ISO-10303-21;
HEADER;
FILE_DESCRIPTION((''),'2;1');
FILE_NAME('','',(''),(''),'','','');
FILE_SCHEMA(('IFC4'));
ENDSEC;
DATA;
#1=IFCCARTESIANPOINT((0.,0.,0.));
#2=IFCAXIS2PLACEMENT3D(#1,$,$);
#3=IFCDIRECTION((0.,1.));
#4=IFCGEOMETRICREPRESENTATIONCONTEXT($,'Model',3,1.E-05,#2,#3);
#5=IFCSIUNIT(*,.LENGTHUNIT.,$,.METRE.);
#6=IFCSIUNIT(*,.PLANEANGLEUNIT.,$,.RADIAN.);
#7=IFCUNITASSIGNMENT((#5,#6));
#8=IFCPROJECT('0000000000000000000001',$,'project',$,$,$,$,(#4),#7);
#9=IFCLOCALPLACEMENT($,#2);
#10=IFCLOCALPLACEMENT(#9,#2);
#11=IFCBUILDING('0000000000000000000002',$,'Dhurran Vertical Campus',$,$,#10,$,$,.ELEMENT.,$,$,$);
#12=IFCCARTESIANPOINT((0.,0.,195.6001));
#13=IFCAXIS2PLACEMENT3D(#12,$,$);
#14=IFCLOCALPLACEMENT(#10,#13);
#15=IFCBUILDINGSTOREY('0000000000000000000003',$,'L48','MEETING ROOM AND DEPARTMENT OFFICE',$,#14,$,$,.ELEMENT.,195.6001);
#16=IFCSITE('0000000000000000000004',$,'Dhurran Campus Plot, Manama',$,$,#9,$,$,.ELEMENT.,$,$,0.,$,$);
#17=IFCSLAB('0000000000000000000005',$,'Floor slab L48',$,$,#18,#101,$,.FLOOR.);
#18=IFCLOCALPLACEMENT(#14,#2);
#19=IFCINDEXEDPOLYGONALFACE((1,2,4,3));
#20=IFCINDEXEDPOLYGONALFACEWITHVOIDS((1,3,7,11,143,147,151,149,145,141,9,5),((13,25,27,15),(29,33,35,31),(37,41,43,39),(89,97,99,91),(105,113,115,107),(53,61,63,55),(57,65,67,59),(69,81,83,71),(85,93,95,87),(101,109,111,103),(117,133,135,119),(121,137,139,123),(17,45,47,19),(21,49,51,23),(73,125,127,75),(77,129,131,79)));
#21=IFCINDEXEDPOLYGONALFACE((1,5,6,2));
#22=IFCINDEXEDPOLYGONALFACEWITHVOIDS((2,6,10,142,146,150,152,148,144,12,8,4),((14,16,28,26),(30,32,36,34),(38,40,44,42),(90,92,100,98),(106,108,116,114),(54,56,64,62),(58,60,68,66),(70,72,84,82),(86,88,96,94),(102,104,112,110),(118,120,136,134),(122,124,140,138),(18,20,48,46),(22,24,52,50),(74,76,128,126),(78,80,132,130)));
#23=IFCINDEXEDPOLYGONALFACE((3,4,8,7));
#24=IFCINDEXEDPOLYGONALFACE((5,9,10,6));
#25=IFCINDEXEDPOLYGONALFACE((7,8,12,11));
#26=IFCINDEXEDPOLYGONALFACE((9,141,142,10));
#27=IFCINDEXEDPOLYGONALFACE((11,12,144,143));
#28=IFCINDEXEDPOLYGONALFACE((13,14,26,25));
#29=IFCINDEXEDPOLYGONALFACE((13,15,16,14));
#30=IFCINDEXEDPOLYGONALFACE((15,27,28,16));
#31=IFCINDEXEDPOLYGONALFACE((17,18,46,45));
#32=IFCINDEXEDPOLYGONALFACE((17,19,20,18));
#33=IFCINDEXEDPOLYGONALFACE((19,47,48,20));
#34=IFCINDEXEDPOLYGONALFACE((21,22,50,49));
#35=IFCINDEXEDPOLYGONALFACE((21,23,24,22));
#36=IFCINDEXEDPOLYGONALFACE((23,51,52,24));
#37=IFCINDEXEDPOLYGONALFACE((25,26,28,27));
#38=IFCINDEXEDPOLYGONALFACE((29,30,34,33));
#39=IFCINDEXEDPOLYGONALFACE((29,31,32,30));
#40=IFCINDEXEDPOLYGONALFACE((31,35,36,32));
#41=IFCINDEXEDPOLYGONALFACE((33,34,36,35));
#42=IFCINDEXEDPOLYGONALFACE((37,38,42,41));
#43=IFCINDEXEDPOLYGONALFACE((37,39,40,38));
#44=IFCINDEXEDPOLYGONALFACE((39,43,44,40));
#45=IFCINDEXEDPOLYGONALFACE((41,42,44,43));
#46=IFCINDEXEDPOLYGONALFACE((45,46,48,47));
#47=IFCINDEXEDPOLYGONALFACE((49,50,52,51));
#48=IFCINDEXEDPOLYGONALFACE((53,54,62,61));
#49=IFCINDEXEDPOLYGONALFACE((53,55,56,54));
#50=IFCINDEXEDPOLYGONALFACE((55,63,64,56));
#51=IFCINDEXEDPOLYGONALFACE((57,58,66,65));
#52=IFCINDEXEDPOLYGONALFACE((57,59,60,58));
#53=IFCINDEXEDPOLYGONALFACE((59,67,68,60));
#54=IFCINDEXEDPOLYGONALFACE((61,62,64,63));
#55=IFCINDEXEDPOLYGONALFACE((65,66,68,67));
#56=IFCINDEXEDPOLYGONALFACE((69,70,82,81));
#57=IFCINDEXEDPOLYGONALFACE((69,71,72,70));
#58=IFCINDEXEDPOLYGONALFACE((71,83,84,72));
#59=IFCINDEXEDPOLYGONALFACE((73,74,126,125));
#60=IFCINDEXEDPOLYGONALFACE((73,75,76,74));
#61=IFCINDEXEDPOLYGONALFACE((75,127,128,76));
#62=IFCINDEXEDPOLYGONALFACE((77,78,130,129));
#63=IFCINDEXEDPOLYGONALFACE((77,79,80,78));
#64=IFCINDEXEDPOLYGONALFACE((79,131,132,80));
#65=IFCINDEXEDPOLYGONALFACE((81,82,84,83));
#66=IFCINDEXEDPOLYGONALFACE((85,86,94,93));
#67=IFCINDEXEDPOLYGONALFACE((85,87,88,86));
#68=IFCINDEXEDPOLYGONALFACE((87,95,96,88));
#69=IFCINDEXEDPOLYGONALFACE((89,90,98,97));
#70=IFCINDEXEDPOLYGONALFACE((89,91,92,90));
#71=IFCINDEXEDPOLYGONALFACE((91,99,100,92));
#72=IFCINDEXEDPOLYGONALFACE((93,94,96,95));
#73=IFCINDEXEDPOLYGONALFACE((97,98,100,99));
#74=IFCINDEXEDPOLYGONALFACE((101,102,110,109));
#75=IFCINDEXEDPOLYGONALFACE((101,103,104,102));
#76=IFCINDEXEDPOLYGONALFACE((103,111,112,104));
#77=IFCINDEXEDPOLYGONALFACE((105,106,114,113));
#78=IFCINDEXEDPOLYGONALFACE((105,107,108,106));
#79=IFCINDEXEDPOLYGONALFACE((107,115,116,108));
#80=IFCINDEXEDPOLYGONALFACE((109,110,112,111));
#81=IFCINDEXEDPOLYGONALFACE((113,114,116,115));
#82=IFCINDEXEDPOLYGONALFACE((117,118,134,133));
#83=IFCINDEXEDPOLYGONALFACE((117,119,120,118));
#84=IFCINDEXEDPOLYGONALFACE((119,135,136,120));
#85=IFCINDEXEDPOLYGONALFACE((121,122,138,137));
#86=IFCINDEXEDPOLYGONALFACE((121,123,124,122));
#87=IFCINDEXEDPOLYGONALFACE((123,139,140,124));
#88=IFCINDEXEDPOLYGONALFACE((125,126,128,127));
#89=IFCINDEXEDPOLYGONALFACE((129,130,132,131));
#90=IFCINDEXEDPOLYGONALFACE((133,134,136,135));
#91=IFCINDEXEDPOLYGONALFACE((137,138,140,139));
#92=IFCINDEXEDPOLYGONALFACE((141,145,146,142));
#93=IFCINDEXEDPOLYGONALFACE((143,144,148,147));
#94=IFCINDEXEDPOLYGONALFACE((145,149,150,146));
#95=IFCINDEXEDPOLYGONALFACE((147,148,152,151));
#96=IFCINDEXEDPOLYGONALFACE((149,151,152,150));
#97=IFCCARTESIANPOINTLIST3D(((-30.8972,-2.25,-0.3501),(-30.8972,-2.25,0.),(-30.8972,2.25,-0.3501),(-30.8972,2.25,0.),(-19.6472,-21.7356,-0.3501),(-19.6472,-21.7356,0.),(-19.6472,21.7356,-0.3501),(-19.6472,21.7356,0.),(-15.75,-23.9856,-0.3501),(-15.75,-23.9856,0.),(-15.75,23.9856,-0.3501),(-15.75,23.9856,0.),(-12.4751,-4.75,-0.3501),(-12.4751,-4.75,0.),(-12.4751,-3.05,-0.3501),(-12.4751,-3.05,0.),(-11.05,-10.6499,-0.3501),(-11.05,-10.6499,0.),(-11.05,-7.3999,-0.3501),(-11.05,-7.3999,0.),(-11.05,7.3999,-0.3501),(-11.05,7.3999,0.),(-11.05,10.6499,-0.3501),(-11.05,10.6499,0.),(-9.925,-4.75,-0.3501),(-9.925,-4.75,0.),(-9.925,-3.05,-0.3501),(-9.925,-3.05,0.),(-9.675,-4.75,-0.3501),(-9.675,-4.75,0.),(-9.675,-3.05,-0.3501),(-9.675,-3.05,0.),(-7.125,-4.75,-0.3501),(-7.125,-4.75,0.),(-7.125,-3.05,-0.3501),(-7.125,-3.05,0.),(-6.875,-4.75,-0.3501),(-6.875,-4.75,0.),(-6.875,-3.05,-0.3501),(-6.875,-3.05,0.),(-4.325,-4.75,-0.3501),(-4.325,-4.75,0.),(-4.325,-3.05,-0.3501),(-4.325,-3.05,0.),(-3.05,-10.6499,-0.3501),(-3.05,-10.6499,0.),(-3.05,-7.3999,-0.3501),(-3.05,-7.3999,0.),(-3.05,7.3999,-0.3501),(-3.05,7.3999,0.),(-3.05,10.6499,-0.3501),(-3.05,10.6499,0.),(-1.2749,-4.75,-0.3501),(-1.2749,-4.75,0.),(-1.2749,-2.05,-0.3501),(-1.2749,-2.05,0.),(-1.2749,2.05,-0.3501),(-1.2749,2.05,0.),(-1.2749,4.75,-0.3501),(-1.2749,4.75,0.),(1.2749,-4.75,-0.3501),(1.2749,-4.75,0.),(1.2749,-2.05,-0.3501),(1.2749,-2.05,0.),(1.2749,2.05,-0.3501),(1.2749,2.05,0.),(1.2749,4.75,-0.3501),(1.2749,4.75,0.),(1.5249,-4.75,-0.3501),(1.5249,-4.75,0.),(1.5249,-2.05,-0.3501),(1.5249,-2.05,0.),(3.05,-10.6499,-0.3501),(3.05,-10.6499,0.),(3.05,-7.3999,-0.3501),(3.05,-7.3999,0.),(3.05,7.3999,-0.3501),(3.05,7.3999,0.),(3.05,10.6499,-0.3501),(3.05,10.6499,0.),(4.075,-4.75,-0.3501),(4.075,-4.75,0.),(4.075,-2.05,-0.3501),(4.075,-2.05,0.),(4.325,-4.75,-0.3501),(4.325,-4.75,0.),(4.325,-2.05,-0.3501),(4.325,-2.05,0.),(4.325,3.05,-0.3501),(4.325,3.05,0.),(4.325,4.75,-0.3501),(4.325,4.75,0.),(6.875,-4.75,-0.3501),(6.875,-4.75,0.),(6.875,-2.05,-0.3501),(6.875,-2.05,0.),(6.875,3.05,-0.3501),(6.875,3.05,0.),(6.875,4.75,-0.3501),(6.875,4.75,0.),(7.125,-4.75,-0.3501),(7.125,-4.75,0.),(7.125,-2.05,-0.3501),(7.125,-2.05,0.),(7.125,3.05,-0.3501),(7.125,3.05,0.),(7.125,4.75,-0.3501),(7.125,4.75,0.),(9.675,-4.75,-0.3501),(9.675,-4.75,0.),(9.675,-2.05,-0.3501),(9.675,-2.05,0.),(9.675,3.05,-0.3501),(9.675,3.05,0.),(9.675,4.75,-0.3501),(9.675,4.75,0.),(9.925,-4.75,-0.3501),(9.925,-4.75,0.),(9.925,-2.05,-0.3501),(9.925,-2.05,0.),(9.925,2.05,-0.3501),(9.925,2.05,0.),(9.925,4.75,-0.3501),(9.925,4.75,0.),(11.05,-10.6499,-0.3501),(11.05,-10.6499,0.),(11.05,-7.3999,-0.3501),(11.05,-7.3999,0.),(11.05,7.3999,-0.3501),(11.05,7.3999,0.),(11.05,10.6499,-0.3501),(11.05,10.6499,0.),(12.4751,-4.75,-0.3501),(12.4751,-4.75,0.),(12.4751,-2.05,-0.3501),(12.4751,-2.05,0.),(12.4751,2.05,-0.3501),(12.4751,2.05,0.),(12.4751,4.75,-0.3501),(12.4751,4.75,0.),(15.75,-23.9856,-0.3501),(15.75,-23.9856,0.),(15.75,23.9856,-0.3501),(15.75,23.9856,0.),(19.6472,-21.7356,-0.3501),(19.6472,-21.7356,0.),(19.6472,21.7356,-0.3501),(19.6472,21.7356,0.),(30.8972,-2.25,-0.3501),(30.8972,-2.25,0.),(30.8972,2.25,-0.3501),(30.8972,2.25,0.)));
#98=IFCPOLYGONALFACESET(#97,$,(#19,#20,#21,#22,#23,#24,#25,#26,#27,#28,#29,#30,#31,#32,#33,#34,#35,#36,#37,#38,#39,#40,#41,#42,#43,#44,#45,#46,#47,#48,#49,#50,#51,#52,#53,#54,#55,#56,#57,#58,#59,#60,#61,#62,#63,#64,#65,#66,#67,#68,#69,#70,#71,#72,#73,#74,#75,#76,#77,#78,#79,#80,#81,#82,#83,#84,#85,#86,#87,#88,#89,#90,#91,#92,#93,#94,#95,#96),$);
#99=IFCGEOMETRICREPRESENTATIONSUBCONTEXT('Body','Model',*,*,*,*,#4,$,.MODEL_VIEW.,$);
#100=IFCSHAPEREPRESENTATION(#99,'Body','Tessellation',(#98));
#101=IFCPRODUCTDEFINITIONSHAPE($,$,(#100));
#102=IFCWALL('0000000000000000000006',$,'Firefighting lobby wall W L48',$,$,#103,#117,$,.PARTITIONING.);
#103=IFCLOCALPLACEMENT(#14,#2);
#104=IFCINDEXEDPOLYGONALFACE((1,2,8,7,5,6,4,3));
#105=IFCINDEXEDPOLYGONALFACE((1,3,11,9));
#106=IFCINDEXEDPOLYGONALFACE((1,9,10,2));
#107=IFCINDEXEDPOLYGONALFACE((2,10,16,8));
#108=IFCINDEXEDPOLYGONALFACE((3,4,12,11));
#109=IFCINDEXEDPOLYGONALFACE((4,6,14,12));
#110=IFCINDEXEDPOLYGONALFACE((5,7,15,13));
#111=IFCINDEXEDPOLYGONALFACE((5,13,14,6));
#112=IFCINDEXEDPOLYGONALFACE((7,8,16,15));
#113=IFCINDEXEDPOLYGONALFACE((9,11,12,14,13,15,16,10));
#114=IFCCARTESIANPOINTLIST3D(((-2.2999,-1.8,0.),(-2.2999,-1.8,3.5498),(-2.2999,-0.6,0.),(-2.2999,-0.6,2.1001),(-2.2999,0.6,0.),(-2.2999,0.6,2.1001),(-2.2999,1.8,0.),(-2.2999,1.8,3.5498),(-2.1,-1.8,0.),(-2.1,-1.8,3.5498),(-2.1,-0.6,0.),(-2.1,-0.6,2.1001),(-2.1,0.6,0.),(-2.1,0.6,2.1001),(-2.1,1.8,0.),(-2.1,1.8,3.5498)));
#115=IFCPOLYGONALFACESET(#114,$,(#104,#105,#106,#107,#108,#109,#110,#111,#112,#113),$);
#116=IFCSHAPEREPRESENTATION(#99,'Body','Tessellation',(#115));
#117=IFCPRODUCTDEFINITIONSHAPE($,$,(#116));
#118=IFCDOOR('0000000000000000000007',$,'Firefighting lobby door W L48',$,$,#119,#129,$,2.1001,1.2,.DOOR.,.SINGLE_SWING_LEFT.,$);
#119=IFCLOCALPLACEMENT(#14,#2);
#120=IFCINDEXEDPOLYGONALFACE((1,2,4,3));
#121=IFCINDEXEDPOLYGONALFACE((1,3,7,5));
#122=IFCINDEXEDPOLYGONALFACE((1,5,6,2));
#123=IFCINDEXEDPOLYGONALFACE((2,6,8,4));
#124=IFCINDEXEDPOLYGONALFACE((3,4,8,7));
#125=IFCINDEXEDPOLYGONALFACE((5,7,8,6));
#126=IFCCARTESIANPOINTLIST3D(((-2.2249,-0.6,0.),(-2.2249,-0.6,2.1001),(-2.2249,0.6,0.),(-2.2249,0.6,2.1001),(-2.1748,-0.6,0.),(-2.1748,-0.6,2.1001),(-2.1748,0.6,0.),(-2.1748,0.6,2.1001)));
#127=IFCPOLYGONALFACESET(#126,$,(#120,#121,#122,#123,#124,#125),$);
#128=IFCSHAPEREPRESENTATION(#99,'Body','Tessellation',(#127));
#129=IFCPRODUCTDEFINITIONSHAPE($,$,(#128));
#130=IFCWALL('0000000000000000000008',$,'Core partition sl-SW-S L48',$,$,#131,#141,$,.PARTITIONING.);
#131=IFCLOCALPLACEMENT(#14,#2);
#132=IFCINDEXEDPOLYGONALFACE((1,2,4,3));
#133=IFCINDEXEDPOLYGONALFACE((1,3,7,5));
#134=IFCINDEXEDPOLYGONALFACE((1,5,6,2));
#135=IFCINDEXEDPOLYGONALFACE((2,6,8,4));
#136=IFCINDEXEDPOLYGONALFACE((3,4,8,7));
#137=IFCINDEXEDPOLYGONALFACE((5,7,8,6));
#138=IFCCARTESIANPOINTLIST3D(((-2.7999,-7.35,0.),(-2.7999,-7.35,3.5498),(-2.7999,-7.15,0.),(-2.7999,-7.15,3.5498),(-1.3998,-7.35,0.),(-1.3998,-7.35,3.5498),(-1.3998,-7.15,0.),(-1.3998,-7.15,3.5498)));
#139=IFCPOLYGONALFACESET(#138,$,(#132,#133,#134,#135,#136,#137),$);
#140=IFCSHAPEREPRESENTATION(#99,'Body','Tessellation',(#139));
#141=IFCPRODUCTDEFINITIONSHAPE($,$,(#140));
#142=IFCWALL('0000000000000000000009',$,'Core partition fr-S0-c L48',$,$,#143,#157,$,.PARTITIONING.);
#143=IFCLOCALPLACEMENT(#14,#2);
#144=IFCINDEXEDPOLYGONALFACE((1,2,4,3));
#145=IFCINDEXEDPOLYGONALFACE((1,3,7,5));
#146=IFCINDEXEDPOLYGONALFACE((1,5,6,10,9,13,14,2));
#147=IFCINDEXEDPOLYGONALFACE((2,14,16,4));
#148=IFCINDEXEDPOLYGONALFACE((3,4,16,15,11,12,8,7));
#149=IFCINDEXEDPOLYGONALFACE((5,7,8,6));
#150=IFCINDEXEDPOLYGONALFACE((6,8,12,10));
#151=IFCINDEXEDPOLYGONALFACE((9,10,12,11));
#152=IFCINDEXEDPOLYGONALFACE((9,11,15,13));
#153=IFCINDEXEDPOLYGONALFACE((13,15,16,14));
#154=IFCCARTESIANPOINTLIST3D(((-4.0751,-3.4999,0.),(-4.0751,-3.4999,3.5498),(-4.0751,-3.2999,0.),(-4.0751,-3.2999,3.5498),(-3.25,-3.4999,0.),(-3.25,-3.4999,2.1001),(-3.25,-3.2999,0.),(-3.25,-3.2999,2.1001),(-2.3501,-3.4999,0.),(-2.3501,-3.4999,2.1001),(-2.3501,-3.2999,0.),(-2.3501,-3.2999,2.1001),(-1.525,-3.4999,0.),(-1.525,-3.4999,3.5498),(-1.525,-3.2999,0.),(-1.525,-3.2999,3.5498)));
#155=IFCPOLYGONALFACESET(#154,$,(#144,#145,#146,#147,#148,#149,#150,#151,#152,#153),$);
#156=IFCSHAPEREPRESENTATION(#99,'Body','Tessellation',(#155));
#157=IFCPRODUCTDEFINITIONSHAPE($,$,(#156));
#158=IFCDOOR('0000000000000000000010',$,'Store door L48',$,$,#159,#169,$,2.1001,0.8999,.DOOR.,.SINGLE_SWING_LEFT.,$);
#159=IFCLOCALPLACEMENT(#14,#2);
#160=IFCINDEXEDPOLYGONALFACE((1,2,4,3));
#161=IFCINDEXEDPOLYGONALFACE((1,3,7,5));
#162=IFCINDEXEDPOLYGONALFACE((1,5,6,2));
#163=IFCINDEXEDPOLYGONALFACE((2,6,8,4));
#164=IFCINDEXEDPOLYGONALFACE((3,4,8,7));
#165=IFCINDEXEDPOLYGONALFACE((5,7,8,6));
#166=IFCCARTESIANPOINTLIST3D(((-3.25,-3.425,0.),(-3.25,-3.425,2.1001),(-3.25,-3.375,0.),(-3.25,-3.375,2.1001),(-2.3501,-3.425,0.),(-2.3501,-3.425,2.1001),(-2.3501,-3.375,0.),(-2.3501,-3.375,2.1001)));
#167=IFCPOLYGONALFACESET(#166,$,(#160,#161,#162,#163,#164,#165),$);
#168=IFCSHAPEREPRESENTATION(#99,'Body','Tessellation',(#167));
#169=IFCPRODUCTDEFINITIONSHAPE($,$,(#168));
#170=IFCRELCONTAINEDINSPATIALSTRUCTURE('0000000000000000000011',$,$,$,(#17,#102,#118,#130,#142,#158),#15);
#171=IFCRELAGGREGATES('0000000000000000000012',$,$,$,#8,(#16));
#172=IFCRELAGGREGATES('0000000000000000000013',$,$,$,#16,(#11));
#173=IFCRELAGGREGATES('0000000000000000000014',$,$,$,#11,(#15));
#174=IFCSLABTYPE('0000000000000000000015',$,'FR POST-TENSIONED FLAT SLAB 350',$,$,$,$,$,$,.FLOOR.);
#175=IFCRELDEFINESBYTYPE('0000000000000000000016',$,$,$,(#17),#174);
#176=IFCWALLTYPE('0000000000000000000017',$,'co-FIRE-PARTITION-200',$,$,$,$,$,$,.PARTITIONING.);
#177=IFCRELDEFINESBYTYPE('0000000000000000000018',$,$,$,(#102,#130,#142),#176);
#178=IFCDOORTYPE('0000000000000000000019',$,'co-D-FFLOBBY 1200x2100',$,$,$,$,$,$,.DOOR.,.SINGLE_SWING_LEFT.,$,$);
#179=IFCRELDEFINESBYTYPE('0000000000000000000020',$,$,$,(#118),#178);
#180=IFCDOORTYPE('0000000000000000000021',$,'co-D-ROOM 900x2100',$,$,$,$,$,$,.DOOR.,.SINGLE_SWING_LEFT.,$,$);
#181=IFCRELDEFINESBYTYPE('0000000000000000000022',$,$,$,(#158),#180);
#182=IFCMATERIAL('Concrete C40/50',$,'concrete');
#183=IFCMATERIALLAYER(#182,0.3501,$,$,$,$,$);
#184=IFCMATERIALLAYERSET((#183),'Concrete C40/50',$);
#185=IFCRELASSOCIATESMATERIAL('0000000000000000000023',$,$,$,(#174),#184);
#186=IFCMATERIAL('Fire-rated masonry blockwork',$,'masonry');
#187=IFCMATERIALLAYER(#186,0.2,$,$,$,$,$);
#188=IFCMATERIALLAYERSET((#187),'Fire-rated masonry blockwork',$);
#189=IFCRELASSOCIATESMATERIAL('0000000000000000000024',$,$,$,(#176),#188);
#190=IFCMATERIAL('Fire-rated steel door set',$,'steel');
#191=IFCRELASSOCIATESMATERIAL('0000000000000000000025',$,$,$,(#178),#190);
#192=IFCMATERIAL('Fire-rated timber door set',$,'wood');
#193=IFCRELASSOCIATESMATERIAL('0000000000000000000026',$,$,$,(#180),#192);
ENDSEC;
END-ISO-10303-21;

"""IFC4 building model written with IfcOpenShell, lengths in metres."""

from ifc_helpers import new_model, si_unit, direction, frame, frame_2d, origin, place, context, subcontext, project, spatial, polyline, rectangle, outline, extrude, material, layer, layer_set, type_object, element, fill, save


model = new_model("IFC4")

# Units and contexts
model_context = context("Model", 3, precision=1e-05, world=origin(), true_north=direction((0.0, 1.0)))
body_context = subcontext(model_context, "Body", "Model", "MODEL_VIEW")
ifc_project = project(units=[si_unit("LENGTHUNIT", "METRE"), si_unit("PLANEANGLEUNIT", "RADIAN")], contexts=[model_context])

# Site, building, storey
site_placement = place(None, origin())
site = spatial("IfcSite", under=ifc_project, at=site_placement, Name="Dhurran Campus Plot, Manama", CompositionType="ELEMENT", RefElevation=0.0)
building_placement = place(site_placement, origin())
building = spatial("IfcBuilding", under=site, at=building_placement, Name="Dhurran Vertical Campus", CompositionType="ELEMENT")
storey_placement = place(building_placement, frame((0.0, 0.0, 195.6001)))
storey = spatial("IfcBuildingStorey", under=building, at=storey_placement, Name="L48", Description="MEETING ROOM AND DEPARTMENT OFFICE", CompositionType="ELEMENT", Elevation=195.6001)

# Slab
ifc_material_1 = material(Name="Concrete C40/50", Category="concrete")
ifc_layer_1 = layer(ifc_material_1, 0.3501)
ifc_layer_set_1 = layer_set([ifc_layer_1], Name="Concrete C40/50")
slab_type = type_object("IfcSlabType", Name="FR POST-TENSIONED FLAT SLAB 350", PredefinedType="FLOOR", material=ifc_layer_set_1)
slab_placement = place(storey_placement, frame((0.0, 0.0, -0.3501)))
element("IfcSlab", 1, at=slab_placement, inside=storey, type_object=slab_type, Name="Floor slab L48", PredefinedType="FLOOR", context=body_context, shape_type="SweptSolid", body=[
    extrude(outline(polyline([(-15.75, -23.9856), (15.75, -23.9856), (19.6472, -21.7356), (30.8972, -2.25), (30.8972, 2.25), (19.6472, 21.7356), (15.75, 23.9856), (-15.75, 23.9856), (-19.6472, 21.7356), (-30.8972, 2.25), (-30.8972, -2.25), (-19.6472, -21.7356), (-15.75, -23.9856)]), holes=[polyline([(-1.2749, 2.05), (1.2749, 2.05), (1.2749, 4.75), (-1.2749, 4.75), (-1.2749, 2.05)]), polyline([(9.925, 2.05), (12.4751, 2.05), (12.4751, 4.75), (9.925, 4.75), (9.925, 2.05)]), polyline([(-1.2749, -4.75), (1.2749, -4.75), (1.2749, -2.05), (-1.2749, -2.05), (-1.2749, -4.75)]), polyline([(1.5249, -4.75), (4.075, -4.75), (4.075, -2.05), (1.5249, -2.05), (1.5249, -4.75)]), polyline([(4.325, -4.75), (6.875, -4.75), (6.875, -2.05), (4.325, -2.05), (4.325, -4.75)]), polyline([(7.125, -4.75), (9.675, -4.75), (9.675, -2.05), (7.125, -2.05), (7.125, -4.75)]), polyline([(9.925, -4.75), (12.4751, -4.75), (12.4751, -2.05), (9.925, -2.05), (9.925, -4.75)]), polyline([(4.325, 3.05), (6.875, 3.05), (6.875, 4.75), (4.325, 4.75), (4.325, 3.05)]), polyline([(7.125, 3.05), (9.675, 3.05), (9.675, 4.75), (7.125, 4.75), (7.125, 3.05)]), polyline([(-12.4751, -4.75), (-9.925, -4.75), (-9.925, -3.05), (-12.4751, -3.05), (-12.4751, -4.75)]), polyline([(-9.675, -4.75), (-7.125, -4.75), (-7.125, -3.05), (-9.675, -3.05), (-9.675, -4.75)]), polyline([(-6.875, -4.75), (-4.325, -4.75), (-4.325, -3.05), (-6.875, -3.05), (-6.875, -4.75)]), polyline([(-11.05, 7.3999), (-3.05, 7.3999), (-3.05, 10.6499), (-11.05, 10.6499), (-11.05, 7.3999)]), polyline([(3.05, 7.3999), (11.05, 7.3999), (11.05, 10.6499), (3.05, 10.6499), (3.05, 7.3999)]), polyline([(-11.05, -10.6499), (-3.05, -10.6499), (-3.05, -7.3999), (-11.05, -7.3999), (-11.05, -10.6499)]), polyline([(3.05, -10.6499), (11.05, -10.6499), (11.05, -7.3999), (3.05, -7.3999), (3.05, -10.6499)])]), origin(), (0.0, 0.0, 1.0), 0.3501),
])

# Wall, opening, door
ifc_material_2 = material(Name="Fire-rated masonry blockwork", Category="masonry")
ifc_layer_2 = layer(ifc_material_2, 0.2)
ifc_layer_set_2 = layer_set([ifc_layer_2], Name="Fire-rated masonry blockwork")
wall_type_1 = type_object("IfcWallType", Name="co-FIRE-PARTITION-200", PredefinedType="PARTITIONING", material=ifc_layer_set_2)
wall_1_placement = place(storey_placement, frame((-2.2, -1.8, 0.0), z_axis=(0.0, 0.0, 1.0), x_axis=(0.0, 1.0, 0.0)))
wall_1 = element("IfcWall", 2, at=wall_1_placement, inside=storey, type_object=wall_type_1, Name="Firefighting lobby wall W L48", PredefinedType="PARTITIONING", context=body_context, shape_type="SweptSolid", body=[
    extrude(rectangle(XDim=3.6001, YDim=0.2, at=frame_2d((1.8, 0.0))), origin(), (0.0, 0.0, 1.0), 3.5498),
])
opening_1_placement = place(wall_1_placement, frame((1.2, 0.0, 0.0)))
opening_1 = element("IfcOpeningElement", 3, at=opening_1_placement, cuts=wall_1, PredefinedType="OPENING", context=body_context, shape_type="SweptSolid", body=[
    extrude(rectangle(XDim=1.2, YDim=2.1001, at=frame_2d((0.6001, 1.05))), frame((0.0, 0.1099, 0.0), z_axis=(0.0, -1.0, 0.0), x_axis=(1.0, 0.0, 0.0)), (0.0, 0.0, 1.0), 0.22),
])
ifc_material_3 = material(Name="Fire-rated steel door set", Category="steel")
door_type_1 = type_object("IfcDoorType", Name="co-D-FFLOBBY 1200x2100", OperationType="SINGLE_SWING_LEFT", PredefinedType="DOOR", material=ifc_material_3)
door_1_placement = place(opening_1_placement, origin())
door_1 = element("IfcDoor", 4, at=door_1_placement, inside=storey, type_object=door_type_1, Name="Firefighting lobby door W L48", OperationType="SINGLE_SWING_LEFT", OverallHeight=2.1001, OverallWidth=1.2, PredefinedType="DOOR", context=body_context, shape_type="SweptSolid", body=[
    extrude(rectangle(XDim=1.2, YDim=2.1001, at=frame_2d((0.6001, 1.05))), frame((0.0, 0.0249, 0.0), z_axis=(0.0, -1.0, 0.0), x_axis=(1.0, 0.0, 0.0)), (0.0, 0.0, 1.0), 0.05),
])
fill(opening_1, door_1)

# Wall
wall_2_placement = place(storey_placement, frame((-2.8, -7.25, 0.0), z_axis=(0.0, 0.0, 1.0), x_axis=(1.0, 0.0, 0.0)))
element("IfcWall", 5, at=wall_2_placement, inside=storey, type_object=wall_type_1, Name="Core partition sl-SW-S L48", PredefinedType="PARTITIONING", context=body_context, shape_type="SweptSolid", body=[
    extrude(rectangle(XDim=1.4001, YDim=0.2, at=frame_2d((0.7002, 0.0))), origin(), (0.0, 0.0, 1.0), 3.5498),
])

# Wall, opening, door
wall_3_placement = place(storey_placement, frame((-4.075, -3.3999, 0.0), z_axis=(0.0, 0.0, 1.0), x_axis=(1.0, 0.0, 0.0)))
wall_3 = element("IfcWall", 6, at=wall_3_placement, inside=storey, type_object=wall_type_1, Name="Core partition fr-S0-c L48", PredefinedType="PARTITIONING", context=body_context, shape_type="SweptSolid", body=[
    extrude(rectangle(XDim=2.55, YDim=0.2, at=frame_2d((1.2749, 0.0))), origin(), (0.0, 0.0, 1.0), 3.5498),
])
opening_2_placement = place(wall_3_placement, frame((0.825, 0.0, 0.0)))
opening_2 = element("IfcOpeningElement", 7, at=opening_2_placement, cuts=wall_3, PredefinedType="OPENING", context=body_context, shape_type="SweptSolid", body=[
    extrude(rectangle(XDim=0.8999, YDim=2.1001, at=frame_2d((0.45, 1.05))), frame((0.0, 0.1099, 0.0), z_axis=(0.0, -1.0, 0.0), x_axis=(1.0, 0.0, 0.0)), (0.0, 0.0, 1.0), 0.22),
])
ifc_material_4 = material(Name="Fire-rated timber door set", Category="wood")
door_type_2 = type_object("IfcDoorType", Name="co-D-ROOM 900x2100", OperationType="SINGLE_SWING_LEFT", PredefinedType="DOOR", material=ifc_material_4)
door_2_placement = place(opening_2_placement, origin())
door_2 = element("IfcDoor", 8, at=door_2_placement, inside=storey, type_object=door_type_2, Name="Store door L48", OperationType="SINGLE_SWING_LEFT", OverallHeight=2.1001, OverallWidth=0.8999, PredefinedType="DOOR", context=body_context, shape_type="SweptSolid", body=[
    extrude(rectangle(XDim=0.8999, YDim=2.1001, at=frame_2d((0.45, 1.05))), frame((0.0, 0.0249, 0.0), z_axis=(0.0, -1.0, 0.0), x_axis=(1.0, 0.0, 0.0)), (0.0, 0.0, 1.0), 0.05),
])
fill(opening_2, door_2)

save(model, "model.ifc")
